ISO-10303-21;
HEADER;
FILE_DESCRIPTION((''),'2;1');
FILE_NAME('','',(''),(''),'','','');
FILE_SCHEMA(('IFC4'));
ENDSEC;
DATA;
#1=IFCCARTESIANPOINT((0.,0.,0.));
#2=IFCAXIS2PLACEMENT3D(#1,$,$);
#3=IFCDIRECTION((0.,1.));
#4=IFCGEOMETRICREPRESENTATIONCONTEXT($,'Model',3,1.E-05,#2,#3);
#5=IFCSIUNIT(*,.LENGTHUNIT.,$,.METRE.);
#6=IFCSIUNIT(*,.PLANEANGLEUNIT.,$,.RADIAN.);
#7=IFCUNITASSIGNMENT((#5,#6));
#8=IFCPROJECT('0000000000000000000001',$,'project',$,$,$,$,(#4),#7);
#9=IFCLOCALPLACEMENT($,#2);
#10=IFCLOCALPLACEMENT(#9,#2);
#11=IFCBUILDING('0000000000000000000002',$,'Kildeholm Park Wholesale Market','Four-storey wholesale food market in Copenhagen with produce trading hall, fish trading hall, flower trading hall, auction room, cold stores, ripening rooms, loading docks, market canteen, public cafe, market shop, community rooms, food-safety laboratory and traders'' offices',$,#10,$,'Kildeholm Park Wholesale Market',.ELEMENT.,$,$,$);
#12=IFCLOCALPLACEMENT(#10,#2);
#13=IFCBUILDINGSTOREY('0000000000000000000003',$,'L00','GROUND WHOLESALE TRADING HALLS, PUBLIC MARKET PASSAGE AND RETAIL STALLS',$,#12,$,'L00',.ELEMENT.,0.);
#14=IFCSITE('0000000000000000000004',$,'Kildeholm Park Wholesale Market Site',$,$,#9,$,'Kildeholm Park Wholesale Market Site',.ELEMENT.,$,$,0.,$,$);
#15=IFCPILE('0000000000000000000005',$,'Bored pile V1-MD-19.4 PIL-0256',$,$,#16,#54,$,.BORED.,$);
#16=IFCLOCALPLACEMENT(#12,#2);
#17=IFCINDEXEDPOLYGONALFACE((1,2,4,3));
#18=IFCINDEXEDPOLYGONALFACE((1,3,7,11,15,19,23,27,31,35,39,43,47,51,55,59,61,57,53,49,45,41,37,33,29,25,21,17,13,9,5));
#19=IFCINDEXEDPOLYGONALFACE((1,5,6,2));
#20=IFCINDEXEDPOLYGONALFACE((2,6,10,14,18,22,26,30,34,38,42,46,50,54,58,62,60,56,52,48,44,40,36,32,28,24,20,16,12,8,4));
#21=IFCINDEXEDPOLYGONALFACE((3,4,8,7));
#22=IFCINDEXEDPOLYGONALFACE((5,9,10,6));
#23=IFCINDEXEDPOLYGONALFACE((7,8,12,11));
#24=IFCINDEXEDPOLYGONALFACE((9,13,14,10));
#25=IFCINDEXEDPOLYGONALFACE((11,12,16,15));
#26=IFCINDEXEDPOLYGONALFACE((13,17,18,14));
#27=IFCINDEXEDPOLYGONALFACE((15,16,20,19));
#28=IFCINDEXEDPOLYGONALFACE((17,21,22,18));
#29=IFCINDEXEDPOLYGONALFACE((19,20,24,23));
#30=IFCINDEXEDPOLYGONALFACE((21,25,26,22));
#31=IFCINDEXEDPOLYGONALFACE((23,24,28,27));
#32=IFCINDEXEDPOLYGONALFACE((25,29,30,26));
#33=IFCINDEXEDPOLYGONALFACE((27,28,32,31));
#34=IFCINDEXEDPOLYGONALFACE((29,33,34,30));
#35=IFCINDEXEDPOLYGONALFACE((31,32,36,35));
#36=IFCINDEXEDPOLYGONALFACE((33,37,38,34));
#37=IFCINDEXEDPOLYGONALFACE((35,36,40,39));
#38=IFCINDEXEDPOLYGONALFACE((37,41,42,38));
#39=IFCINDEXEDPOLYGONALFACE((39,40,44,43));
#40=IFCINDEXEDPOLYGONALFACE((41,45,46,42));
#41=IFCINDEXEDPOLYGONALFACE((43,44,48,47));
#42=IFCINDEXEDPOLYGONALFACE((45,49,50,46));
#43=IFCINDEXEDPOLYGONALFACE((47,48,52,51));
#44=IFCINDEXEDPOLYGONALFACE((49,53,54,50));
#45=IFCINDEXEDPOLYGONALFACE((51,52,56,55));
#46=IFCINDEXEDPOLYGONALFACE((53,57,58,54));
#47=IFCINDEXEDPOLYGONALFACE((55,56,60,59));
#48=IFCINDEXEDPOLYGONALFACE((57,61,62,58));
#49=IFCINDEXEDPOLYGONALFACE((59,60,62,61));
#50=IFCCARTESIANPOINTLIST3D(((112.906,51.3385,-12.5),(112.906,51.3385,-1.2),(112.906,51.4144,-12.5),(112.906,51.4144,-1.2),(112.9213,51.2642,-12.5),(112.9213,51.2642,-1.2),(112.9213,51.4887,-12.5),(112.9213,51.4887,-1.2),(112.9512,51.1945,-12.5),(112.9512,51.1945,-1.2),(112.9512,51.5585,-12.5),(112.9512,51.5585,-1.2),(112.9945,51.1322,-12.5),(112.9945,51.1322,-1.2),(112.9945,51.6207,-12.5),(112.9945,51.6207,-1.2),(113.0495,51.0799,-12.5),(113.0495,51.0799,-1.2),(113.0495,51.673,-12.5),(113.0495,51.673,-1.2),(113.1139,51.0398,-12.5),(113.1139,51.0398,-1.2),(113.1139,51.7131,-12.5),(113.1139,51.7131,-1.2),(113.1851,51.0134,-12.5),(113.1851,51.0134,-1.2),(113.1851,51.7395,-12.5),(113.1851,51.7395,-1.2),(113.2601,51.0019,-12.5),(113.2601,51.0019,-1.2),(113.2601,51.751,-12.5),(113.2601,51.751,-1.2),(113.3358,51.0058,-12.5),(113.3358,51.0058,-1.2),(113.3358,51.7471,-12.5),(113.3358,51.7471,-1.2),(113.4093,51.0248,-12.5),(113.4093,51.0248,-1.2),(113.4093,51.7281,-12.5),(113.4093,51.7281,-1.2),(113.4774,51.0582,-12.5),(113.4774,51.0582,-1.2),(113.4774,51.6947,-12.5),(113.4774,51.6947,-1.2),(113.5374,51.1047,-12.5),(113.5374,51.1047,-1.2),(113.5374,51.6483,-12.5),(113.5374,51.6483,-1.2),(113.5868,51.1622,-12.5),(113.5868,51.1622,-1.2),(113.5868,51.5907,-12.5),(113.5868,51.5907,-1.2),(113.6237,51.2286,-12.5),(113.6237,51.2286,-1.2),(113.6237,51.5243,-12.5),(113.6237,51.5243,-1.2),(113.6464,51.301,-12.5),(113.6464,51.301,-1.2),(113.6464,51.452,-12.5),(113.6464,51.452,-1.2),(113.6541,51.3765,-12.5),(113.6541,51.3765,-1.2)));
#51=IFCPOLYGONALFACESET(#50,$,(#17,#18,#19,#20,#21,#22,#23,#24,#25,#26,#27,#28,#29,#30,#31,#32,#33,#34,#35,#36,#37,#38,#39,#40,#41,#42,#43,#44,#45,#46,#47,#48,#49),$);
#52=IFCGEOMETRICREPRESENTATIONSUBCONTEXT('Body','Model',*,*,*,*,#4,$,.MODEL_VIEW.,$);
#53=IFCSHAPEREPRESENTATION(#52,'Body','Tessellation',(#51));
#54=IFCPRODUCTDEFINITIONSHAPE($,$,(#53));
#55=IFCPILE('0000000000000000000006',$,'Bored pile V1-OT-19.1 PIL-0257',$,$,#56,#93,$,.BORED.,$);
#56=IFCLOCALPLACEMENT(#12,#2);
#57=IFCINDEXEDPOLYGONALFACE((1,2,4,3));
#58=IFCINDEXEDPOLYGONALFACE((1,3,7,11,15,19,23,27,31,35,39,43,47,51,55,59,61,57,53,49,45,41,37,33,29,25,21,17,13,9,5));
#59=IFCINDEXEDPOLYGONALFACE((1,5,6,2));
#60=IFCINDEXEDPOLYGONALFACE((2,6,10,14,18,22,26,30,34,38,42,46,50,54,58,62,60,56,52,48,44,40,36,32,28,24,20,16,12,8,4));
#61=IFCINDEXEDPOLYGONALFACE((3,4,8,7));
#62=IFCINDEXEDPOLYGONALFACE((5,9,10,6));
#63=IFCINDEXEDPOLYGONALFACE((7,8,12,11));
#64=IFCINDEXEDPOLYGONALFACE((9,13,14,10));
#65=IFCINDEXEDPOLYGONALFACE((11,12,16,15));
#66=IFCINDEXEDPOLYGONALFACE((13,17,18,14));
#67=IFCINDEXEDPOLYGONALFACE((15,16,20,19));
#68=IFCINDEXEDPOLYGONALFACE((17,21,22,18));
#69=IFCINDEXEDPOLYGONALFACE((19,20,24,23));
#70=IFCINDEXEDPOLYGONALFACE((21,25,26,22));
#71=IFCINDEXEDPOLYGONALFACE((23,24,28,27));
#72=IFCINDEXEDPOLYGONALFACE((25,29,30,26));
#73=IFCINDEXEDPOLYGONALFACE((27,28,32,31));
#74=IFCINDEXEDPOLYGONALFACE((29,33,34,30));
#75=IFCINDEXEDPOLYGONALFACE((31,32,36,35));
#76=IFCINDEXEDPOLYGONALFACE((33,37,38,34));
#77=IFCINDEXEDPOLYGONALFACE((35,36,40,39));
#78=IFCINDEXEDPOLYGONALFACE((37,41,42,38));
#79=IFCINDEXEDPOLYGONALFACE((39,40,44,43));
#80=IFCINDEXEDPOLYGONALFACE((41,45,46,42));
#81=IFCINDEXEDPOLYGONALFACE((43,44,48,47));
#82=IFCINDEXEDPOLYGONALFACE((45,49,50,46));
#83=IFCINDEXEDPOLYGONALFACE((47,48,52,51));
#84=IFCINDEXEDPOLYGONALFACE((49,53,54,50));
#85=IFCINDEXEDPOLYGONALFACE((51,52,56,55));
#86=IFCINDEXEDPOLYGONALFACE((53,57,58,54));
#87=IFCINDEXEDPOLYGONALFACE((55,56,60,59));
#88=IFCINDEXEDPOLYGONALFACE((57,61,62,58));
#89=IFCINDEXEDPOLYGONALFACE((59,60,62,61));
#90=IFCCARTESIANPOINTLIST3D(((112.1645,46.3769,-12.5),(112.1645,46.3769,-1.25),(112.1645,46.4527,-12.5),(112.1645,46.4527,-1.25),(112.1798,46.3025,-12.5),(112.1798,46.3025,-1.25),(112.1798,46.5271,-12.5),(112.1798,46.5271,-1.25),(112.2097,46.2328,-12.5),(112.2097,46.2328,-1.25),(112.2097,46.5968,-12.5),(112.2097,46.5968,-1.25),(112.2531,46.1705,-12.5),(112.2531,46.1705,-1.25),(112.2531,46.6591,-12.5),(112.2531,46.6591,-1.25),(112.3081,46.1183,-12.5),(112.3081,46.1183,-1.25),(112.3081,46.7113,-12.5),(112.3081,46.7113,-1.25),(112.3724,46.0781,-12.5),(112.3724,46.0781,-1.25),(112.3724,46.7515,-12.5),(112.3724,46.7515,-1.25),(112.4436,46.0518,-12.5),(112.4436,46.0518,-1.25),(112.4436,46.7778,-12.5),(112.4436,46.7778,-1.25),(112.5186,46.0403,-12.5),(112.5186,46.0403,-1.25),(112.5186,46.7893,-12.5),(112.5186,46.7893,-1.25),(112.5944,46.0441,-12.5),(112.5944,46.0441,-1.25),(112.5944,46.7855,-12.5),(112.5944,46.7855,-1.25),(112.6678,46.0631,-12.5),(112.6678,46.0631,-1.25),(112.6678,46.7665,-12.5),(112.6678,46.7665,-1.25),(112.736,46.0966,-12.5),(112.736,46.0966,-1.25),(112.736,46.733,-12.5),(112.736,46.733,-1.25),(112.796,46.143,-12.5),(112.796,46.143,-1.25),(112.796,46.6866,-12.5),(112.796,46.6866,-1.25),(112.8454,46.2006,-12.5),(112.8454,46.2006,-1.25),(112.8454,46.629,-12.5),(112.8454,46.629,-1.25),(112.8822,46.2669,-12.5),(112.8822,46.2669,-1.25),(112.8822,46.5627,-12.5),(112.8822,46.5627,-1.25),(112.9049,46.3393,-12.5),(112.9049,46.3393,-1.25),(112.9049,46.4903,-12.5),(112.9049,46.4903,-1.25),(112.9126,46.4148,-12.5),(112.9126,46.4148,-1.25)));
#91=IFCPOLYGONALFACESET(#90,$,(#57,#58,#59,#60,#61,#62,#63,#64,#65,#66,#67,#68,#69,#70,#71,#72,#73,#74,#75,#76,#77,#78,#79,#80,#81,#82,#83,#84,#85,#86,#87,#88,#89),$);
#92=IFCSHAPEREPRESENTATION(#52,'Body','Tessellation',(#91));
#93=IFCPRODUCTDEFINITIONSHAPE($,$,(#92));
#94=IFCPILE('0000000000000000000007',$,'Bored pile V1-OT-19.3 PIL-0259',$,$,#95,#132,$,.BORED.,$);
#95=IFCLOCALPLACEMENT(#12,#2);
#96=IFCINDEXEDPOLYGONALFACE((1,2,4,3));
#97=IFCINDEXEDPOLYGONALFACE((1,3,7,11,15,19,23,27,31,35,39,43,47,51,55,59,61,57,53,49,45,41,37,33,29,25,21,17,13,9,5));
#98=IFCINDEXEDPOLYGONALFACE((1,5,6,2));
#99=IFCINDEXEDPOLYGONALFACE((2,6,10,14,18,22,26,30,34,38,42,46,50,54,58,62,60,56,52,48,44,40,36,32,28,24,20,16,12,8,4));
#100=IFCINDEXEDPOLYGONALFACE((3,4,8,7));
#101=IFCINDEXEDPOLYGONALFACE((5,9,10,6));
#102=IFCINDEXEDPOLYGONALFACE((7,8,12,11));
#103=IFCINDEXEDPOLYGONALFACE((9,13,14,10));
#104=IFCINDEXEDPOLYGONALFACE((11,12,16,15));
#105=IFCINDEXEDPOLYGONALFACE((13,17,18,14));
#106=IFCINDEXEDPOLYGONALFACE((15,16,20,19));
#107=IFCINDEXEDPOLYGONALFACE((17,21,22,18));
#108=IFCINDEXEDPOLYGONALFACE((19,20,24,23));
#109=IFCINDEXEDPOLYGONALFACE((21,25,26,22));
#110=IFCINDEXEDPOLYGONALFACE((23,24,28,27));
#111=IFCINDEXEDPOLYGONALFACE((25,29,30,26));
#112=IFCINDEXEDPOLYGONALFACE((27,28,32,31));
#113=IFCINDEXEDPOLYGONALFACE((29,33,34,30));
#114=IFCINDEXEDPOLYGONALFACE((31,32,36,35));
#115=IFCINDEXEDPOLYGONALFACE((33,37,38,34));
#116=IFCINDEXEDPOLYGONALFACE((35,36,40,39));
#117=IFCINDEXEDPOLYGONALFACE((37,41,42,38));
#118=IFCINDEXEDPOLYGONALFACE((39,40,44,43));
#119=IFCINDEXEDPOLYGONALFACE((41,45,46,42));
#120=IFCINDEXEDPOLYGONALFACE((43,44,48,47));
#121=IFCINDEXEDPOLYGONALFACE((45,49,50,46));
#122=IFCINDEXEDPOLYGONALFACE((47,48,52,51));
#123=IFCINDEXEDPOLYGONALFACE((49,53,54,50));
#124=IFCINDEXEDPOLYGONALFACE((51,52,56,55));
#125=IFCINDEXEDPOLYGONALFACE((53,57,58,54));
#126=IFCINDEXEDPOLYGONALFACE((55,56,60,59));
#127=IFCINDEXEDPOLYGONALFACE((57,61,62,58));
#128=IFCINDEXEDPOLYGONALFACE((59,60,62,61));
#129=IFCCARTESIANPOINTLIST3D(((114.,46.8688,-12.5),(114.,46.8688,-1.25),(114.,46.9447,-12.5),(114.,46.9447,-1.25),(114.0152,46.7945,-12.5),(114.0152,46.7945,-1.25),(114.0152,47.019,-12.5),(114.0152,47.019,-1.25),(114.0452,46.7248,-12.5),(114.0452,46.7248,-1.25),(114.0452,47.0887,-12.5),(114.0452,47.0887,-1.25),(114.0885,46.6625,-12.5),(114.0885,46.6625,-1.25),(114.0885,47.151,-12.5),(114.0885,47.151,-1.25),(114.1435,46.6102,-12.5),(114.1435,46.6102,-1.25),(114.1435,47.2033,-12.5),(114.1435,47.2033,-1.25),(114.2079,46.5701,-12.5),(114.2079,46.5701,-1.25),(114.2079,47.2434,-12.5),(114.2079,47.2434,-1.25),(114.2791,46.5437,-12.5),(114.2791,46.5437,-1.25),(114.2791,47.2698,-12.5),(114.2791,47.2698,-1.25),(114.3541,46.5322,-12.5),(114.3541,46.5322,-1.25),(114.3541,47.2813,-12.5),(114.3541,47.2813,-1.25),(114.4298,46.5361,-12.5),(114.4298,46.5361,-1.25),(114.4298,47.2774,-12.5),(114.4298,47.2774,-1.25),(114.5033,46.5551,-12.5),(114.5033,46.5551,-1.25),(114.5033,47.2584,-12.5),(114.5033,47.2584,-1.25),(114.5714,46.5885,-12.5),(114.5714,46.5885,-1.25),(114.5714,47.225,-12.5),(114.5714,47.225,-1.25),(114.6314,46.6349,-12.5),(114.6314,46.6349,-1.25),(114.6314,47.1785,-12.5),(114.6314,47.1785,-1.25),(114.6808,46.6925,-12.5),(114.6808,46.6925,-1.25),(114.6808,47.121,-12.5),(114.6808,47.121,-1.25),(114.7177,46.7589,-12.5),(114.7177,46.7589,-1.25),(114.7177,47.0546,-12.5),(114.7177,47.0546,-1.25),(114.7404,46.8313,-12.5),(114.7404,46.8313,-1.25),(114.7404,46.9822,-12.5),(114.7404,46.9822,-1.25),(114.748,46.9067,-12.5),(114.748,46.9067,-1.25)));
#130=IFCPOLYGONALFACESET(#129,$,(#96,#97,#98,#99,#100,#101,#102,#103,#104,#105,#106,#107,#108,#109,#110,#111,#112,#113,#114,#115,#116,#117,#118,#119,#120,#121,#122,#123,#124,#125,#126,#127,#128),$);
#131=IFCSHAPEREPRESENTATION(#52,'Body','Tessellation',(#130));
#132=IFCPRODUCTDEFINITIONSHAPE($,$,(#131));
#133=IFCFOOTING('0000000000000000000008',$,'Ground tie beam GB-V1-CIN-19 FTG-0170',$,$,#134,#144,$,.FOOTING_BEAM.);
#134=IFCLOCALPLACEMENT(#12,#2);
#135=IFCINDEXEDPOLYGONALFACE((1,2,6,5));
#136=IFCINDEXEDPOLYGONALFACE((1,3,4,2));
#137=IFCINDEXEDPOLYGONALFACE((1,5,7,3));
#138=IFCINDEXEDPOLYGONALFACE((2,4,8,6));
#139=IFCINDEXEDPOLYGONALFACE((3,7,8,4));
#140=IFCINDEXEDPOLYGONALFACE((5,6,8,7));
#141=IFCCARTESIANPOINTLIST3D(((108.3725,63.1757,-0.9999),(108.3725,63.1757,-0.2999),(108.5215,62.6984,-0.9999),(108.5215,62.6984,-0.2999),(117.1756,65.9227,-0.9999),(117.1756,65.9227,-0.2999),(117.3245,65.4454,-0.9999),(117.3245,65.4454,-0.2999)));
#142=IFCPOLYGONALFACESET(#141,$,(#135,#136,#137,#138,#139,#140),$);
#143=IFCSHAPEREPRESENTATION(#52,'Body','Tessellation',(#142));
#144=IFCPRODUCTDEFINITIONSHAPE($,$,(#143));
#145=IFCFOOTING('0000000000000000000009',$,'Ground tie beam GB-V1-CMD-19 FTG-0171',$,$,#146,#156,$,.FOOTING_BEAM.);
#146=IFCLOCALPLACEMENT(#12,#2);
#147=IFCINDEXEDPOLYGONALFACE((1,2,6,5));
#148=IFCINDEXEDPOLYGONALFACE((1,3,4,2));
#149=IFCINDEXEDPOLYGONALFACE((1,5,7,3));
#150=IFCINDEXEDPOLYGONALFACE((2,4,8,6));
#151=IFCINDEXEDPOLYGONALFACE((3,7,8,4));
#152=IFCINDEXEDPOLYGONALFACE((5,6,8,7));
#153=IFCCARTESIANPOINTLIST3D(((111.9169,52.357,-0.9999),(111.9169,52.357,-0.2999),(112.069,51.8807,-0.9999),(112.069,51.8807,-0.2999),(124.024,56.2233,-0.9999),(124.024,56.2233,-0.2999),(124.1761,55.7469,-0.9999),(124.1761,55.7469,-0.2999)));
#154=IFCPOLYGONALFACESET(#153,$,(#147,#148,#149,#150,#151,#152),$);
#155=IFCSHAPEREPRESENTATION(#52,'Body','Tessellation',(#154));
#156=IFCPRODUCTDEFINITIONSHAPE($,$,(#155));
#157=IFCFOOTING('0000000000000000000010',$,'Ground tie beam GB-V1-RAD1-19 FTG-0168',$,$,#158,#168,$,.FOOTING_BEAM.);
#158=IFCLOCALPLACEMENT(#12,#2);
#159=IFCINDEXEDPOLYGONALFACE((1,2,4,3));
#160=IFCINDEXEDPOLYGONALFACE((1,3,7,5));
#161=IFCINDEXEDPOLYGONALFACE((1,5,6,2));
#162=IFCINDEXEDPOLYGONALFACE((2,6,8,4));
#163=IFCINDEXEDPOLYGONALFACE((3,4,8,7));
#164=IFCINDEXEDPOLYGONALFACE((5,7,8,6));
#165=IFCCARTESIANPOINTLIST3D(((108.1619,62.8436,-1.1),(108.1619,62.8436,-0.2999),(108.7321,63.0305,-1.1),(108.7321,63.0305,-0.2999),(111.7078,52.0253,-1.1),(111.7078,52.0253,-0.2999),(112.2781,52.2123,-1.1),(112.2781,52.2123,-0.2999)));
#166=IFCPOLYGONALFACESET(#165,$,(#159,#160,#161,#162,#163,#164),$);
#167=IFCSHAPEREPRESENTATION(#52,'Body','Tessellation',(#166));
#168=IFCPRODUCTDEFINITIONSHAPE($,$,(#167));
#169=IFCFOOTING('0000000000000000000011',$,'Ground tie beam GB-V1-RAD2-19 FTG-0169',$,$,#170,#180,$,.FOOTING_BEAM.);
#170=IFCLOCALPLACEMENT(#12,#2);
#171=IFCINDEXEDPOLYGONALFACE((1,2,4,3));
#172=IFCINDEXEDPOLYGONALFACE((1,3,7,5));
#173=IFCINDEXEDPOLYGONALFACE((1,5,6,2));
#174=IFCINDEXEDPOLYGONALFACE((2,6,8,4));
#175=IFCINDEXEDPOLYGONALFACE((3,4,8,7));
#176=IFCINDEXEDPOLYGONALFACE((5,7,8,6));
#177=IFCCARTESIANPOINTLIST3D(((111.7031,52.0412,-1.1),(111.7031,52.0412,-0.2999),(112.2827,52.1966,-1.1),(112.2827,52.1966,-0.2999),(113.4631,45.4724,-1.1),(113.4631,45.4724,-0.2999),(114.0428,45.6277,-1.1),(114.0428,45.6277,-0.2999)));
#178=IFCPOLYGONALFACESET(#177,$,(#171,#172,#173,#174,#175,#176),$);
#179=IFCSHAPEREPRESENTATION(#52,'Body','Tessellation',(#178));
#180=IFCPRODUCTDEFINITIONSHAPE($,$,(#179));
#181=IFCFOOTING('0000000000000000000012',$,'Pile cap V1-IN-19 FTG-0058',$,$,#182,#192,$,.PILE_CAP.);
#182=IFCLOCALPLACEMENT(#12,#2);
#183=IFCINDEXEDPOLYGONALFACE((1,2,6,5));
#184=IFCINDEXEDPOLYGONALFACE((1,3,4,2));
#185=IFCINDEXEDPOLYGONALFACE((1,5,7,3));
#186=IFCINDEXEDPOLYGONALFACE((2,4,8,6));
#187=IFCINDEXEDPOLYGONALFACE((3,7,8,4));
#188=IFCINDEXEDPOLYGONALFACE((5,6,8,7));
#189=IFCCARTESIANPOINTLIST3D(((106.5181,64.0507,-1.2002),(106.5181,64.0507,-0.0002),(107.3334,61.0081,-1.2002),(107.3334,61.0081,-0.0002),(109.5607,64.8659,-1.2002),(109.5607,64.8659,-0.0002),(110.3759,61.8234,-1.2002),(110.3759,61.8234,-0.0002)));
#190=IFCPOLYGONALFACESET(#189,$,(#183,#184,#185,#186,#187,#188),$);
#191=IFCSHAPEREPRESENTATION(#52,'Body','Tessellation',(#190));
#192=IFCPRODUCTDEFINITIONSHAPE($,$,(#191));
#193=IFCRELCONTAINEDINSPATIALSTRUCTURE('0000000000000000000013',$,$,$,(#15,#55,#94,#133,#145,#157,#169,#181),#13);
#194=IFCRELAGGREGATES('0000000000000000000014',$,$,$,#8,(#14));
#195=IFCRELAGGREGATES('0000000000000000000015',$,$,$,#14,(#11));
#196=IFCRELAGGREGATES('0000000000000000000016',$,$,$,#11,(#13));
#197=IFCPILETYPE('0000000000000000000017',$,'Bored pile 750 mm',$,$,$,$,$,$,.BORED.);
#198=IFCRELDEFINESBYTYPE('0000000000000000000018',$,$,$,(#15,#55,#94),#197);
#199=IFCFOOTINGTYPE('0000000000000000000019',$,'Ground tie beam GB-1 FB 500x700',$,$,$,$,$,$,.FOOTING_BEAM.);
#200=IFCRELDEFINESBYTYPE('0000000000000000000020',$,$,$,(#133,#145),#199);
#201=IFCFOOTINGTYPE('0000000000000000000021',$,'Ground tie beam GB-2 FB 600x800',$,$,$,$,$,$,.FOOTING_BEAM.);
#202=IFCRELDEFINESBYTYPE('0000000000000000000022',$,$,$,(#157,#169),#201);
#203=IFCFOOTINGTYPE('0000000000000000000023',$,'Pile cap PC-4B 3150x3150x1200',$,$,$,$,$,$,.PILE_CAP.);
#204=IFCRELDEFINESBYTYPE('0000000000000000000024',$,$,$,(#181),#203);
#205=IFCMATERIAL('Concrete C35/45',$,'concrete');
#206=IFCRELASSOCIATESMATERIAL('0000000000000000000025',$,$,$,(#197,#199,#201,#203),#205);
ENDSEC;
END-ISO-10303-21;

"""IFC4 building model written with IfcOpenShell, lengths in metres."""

from ifc_helpers import new_model, si_unit, direction, frame, origin, origin_2d, place, context, subcontext, project, spatial, rectangle, circle, extrude, material, material_profile, profile_set, type_object, element, save


model = new_model("IFC4")

# Units and contexts
model_context = context("Model", 3, precision=1e-05, world=origin(), true_north=direction((0.0, 1.0)))
body_context = subcontext(model_context, "Body", "Model", "MODEL_VIEW")
ifc_project = project(units=[si_unit("LENGTHUNIT", "METRE"), si_unit("PLANEANGLEUNIT", "RADIAN")], contexts=[model_context])

# Site, building, storey
site_placement = place(None, origin())
site = spatial("IfcSite", under=ifc_project, at=site_placement, Name="Kildeholm Park Wholesale Market Site", LongName="Kildeholm Park Wholesale Market Site", CompositionType="ELEMENT", RefElevation=0.0)
building_placement = place(site_placement, origin())
building = spatial("IfcBuilding", under=site, at=building_placement, Name="Kildeholm Park Wholesale Market", Description="Four-storey wholesale food market in Copenhagen with produce trading hall, fish trading hall, flower trading hall, auction room, cold stores, ripening rooms, loading docks, market canteen, public cafe, market shop, community rooms, food-safety laboratory and traders' offices", LongName="Kildeholm Park Wholesale Market", CompositionType="ELEMENT")
storey_placement = place(building_placement, origin())
storey = spatial("IfcBuildingStorey", under=building, at=storey_placement, Name="L00", Description="GROUND WHOLESALE TRADING HALLS, PUBLIC MARKET PASSAGE AND RETAIL STALLS", LongName="L00", CompositionType="ELEMENT", Elevation=0.0)

# Piles
ifc_material_1 = material(Name="Concrete C35/45", Category="concrete")
ifc_material_profile_1 = material_profile(ifc_material_1, circle(Radius=0.375, at=origin_2d()), Name="PILE D750")
ifc_profile_set_1 = profile_set([ifc_material_profile_1], Name="Concrete C35/45")
pile_type = type_object("IfcPileType", Name="Bored pile 750 mm", PredefinedType="BORED", material=ifc_profile_set_1)
for number, where, z_axis, x_axis, name in (
    (1, (113.2791, 51.3765, -1.2), (0.0, 0.0, -1.0), (1.0, 0.0, 0.0), "Bored pile V1-MD-19.4 PIL-0256"),
):
    element("IfcPile", number, at=place(storey_placement, frame(where, z_axis=z_axis, x_axis=x_axis)), inside=storey, type_object=pile_type, Name=name, PredefinedType="BORED", context=body_context, shape_type="SweptSolid", body=[
        extrude(circle(Radius=0.375, at=origin_2d()), origin(), (0.0, 0.0, 1.0), 11.3),
    ])
for number, where, z_axis, x_axis, name in (
    (2, (112.5376, 46.4148, -1.25), (0.0, 0.0, -1.0), (1.0, 0.0, 0.0), "Bored pile V1-OT-19.1 PIL-0257"),
    (3, (114.373, 46.9067, -1.25), (0.0, 0.0, -1.0), (1.0, 0.0, 0.0), "Bored pile V1-OT-19.3 PIL-0259"),
):
    element("IfcPile", number, at=place(storey_placement, frame(where, z_axis=z_axis, x_axis=x_axis)), inside=storey, type_object=pile_type, Name=name, PredefinedType="BORED", context=body_context, shape_type="SweptSolid", body=[
        extrude(circle(Radius=0.375, at=origin_2d()), origin(), (0.0, 0.0, 1.0), 11.25),
    ])

# Footings
ifc_material_profile_2 = material_profile(ifc_material_1, rectangle(XDim=0.5, YDim=0.7, at=origin_2d()), Name="FB 500x700")
ifc_profile_set_2 = profile_set([ifc_material_profile_2], Name="Concrete C35/45")
footing_type_1 = type_object("IfcFootingType", Name="Ground tie beam GB-1 FB 500x700", PredefinedType="FOOTING_BEAM", material=ifc_profile_set_2)
footing_1_placement = place(storey_placement, frame((108.447, 62.937, -0.6499), z_axis=(0.954599, 0.297894, 0.0), x_axis=(-0.297894, 0.954599, 0.0)))
element("IfcFooting", 4, at=footing_1_placement, inside=storey, type_object=footing_type_1, Name="Ground tie beam GB-V1-CIN-19 FTG-0170", PredefinedType="FOOTING_BEAM", context=body_context, shape_type="SweptSolid", body=[
    extrude(rectangle(XDim=0.5, YDim=0.7, at=origin_2d()), origin(), (0.0, 0.0, 1.0), 9.2217),
])
footing_2_placement = place(storey_placement, frame((111.9929, 52.1189, -0.6499), z_axis=(0.952609, 0.304199, 0.0), x_axis=(-0.304199, 0.952609, 0.0)))
element("IfcFooting", 5, at=footing_2_placement, inside=storey, type_object=footing_type_1, Name="Ground tie beam GB-V1-CMD-19 FTG-0171", PredefinedType="FOOTING_BEAM", context=body_context, shape_type="SweptSolid", body=[
    extrude(rectangle(XDim=0.5, YDim=0.7, at=origin_2d()), origin(), (0.0, 0.0, 1.0), 12.7095),
])
ifc_material_profile_3 = material_profile(ifc_material_1, rectangle(XDim=0.6001, YDim=0.8, at=origin_2d()), Name="FB 600x800")
ifc_profile_set_3 = profile_set([ifc_material_profile_3], Name="Concrete C35/45")
footing_type_2 = type_object("IfcFootingType", Name="Ground tie beam GB-2 FB 600x800", PredefinedType="FOOTING_BEAM", material=ifc_profile_set_3)
footing_3_placement = place(storey_placement, frame((108.447, 62.937, -0.7), z_axis=(0.311469, -0.950256, 0.0), x_axis=(0.950256, 0.311469, 0.0)))
element("IfcFooting", 6, at=footing_3_placement, inside=storey, type_object=footing_type_2, Name="Ground tie beam GB-V1-RAD1-19 FTG-0168", PredefinedType="FOOTING_BEAM", context=body_context, shape_type="SweptSolid", body=[
    extrude(rectangle(XDim=0.6001, YDim=0.8, at=origin_2d()), origin(), (0.0, 0.0, 1.0), 11.3845),
])
footing_4_placement = place(storey_placement, frame((111.9929, 52.1189, -0.7), z_axis=(0.258804, -0.96593, 0.0), x_axis=(0.96593, 0.258804, 0.0)))
element("IfcFooting", 7, at=footing_4_placement, inside=storey, type_object=footing_type_2, Name="Ground tie beam GB-V1-RAD2-19 FTG-0169", PredefinedType="FOOTING_BEAM", context=body_context, shape_type="SweptSolid", body=[
    extrude(rectangle(XDim=0.6001, YDim=0.8, at=origin_2d()), origin(), (0.0, 0.0, 1.0), 6.8005),
])
footing_type_3 = type_object("IfcFootingType", Name="Pile cap PC-4B 3150x3150x1200", PredefinedType="PILE_CAP", material=ifc_material_1)
footing_5_placement = place(storey_placement, frame((108.447, 62.937, -1.2002), z_axis=(0.0, 0.0, 1.0), x_axis=(0.258819, -0.965926, 0.0)))
element("IfcFooting", 8, at=footing_5_placement, inside=storey, type_object=footing_type_3, Name="Pile cap V1-IN-19 FTG-0058", PredefinedType="PILE_CAP", context=body_context, shape_type="SweptSolid", body=[
    extrude(rectangle(XDim=3.1499, YDim=3.1499, at=origin_2d()), origin(), (0.0, 0.0, 1.0), 1.2),
])

save(model, "model.ifc")
